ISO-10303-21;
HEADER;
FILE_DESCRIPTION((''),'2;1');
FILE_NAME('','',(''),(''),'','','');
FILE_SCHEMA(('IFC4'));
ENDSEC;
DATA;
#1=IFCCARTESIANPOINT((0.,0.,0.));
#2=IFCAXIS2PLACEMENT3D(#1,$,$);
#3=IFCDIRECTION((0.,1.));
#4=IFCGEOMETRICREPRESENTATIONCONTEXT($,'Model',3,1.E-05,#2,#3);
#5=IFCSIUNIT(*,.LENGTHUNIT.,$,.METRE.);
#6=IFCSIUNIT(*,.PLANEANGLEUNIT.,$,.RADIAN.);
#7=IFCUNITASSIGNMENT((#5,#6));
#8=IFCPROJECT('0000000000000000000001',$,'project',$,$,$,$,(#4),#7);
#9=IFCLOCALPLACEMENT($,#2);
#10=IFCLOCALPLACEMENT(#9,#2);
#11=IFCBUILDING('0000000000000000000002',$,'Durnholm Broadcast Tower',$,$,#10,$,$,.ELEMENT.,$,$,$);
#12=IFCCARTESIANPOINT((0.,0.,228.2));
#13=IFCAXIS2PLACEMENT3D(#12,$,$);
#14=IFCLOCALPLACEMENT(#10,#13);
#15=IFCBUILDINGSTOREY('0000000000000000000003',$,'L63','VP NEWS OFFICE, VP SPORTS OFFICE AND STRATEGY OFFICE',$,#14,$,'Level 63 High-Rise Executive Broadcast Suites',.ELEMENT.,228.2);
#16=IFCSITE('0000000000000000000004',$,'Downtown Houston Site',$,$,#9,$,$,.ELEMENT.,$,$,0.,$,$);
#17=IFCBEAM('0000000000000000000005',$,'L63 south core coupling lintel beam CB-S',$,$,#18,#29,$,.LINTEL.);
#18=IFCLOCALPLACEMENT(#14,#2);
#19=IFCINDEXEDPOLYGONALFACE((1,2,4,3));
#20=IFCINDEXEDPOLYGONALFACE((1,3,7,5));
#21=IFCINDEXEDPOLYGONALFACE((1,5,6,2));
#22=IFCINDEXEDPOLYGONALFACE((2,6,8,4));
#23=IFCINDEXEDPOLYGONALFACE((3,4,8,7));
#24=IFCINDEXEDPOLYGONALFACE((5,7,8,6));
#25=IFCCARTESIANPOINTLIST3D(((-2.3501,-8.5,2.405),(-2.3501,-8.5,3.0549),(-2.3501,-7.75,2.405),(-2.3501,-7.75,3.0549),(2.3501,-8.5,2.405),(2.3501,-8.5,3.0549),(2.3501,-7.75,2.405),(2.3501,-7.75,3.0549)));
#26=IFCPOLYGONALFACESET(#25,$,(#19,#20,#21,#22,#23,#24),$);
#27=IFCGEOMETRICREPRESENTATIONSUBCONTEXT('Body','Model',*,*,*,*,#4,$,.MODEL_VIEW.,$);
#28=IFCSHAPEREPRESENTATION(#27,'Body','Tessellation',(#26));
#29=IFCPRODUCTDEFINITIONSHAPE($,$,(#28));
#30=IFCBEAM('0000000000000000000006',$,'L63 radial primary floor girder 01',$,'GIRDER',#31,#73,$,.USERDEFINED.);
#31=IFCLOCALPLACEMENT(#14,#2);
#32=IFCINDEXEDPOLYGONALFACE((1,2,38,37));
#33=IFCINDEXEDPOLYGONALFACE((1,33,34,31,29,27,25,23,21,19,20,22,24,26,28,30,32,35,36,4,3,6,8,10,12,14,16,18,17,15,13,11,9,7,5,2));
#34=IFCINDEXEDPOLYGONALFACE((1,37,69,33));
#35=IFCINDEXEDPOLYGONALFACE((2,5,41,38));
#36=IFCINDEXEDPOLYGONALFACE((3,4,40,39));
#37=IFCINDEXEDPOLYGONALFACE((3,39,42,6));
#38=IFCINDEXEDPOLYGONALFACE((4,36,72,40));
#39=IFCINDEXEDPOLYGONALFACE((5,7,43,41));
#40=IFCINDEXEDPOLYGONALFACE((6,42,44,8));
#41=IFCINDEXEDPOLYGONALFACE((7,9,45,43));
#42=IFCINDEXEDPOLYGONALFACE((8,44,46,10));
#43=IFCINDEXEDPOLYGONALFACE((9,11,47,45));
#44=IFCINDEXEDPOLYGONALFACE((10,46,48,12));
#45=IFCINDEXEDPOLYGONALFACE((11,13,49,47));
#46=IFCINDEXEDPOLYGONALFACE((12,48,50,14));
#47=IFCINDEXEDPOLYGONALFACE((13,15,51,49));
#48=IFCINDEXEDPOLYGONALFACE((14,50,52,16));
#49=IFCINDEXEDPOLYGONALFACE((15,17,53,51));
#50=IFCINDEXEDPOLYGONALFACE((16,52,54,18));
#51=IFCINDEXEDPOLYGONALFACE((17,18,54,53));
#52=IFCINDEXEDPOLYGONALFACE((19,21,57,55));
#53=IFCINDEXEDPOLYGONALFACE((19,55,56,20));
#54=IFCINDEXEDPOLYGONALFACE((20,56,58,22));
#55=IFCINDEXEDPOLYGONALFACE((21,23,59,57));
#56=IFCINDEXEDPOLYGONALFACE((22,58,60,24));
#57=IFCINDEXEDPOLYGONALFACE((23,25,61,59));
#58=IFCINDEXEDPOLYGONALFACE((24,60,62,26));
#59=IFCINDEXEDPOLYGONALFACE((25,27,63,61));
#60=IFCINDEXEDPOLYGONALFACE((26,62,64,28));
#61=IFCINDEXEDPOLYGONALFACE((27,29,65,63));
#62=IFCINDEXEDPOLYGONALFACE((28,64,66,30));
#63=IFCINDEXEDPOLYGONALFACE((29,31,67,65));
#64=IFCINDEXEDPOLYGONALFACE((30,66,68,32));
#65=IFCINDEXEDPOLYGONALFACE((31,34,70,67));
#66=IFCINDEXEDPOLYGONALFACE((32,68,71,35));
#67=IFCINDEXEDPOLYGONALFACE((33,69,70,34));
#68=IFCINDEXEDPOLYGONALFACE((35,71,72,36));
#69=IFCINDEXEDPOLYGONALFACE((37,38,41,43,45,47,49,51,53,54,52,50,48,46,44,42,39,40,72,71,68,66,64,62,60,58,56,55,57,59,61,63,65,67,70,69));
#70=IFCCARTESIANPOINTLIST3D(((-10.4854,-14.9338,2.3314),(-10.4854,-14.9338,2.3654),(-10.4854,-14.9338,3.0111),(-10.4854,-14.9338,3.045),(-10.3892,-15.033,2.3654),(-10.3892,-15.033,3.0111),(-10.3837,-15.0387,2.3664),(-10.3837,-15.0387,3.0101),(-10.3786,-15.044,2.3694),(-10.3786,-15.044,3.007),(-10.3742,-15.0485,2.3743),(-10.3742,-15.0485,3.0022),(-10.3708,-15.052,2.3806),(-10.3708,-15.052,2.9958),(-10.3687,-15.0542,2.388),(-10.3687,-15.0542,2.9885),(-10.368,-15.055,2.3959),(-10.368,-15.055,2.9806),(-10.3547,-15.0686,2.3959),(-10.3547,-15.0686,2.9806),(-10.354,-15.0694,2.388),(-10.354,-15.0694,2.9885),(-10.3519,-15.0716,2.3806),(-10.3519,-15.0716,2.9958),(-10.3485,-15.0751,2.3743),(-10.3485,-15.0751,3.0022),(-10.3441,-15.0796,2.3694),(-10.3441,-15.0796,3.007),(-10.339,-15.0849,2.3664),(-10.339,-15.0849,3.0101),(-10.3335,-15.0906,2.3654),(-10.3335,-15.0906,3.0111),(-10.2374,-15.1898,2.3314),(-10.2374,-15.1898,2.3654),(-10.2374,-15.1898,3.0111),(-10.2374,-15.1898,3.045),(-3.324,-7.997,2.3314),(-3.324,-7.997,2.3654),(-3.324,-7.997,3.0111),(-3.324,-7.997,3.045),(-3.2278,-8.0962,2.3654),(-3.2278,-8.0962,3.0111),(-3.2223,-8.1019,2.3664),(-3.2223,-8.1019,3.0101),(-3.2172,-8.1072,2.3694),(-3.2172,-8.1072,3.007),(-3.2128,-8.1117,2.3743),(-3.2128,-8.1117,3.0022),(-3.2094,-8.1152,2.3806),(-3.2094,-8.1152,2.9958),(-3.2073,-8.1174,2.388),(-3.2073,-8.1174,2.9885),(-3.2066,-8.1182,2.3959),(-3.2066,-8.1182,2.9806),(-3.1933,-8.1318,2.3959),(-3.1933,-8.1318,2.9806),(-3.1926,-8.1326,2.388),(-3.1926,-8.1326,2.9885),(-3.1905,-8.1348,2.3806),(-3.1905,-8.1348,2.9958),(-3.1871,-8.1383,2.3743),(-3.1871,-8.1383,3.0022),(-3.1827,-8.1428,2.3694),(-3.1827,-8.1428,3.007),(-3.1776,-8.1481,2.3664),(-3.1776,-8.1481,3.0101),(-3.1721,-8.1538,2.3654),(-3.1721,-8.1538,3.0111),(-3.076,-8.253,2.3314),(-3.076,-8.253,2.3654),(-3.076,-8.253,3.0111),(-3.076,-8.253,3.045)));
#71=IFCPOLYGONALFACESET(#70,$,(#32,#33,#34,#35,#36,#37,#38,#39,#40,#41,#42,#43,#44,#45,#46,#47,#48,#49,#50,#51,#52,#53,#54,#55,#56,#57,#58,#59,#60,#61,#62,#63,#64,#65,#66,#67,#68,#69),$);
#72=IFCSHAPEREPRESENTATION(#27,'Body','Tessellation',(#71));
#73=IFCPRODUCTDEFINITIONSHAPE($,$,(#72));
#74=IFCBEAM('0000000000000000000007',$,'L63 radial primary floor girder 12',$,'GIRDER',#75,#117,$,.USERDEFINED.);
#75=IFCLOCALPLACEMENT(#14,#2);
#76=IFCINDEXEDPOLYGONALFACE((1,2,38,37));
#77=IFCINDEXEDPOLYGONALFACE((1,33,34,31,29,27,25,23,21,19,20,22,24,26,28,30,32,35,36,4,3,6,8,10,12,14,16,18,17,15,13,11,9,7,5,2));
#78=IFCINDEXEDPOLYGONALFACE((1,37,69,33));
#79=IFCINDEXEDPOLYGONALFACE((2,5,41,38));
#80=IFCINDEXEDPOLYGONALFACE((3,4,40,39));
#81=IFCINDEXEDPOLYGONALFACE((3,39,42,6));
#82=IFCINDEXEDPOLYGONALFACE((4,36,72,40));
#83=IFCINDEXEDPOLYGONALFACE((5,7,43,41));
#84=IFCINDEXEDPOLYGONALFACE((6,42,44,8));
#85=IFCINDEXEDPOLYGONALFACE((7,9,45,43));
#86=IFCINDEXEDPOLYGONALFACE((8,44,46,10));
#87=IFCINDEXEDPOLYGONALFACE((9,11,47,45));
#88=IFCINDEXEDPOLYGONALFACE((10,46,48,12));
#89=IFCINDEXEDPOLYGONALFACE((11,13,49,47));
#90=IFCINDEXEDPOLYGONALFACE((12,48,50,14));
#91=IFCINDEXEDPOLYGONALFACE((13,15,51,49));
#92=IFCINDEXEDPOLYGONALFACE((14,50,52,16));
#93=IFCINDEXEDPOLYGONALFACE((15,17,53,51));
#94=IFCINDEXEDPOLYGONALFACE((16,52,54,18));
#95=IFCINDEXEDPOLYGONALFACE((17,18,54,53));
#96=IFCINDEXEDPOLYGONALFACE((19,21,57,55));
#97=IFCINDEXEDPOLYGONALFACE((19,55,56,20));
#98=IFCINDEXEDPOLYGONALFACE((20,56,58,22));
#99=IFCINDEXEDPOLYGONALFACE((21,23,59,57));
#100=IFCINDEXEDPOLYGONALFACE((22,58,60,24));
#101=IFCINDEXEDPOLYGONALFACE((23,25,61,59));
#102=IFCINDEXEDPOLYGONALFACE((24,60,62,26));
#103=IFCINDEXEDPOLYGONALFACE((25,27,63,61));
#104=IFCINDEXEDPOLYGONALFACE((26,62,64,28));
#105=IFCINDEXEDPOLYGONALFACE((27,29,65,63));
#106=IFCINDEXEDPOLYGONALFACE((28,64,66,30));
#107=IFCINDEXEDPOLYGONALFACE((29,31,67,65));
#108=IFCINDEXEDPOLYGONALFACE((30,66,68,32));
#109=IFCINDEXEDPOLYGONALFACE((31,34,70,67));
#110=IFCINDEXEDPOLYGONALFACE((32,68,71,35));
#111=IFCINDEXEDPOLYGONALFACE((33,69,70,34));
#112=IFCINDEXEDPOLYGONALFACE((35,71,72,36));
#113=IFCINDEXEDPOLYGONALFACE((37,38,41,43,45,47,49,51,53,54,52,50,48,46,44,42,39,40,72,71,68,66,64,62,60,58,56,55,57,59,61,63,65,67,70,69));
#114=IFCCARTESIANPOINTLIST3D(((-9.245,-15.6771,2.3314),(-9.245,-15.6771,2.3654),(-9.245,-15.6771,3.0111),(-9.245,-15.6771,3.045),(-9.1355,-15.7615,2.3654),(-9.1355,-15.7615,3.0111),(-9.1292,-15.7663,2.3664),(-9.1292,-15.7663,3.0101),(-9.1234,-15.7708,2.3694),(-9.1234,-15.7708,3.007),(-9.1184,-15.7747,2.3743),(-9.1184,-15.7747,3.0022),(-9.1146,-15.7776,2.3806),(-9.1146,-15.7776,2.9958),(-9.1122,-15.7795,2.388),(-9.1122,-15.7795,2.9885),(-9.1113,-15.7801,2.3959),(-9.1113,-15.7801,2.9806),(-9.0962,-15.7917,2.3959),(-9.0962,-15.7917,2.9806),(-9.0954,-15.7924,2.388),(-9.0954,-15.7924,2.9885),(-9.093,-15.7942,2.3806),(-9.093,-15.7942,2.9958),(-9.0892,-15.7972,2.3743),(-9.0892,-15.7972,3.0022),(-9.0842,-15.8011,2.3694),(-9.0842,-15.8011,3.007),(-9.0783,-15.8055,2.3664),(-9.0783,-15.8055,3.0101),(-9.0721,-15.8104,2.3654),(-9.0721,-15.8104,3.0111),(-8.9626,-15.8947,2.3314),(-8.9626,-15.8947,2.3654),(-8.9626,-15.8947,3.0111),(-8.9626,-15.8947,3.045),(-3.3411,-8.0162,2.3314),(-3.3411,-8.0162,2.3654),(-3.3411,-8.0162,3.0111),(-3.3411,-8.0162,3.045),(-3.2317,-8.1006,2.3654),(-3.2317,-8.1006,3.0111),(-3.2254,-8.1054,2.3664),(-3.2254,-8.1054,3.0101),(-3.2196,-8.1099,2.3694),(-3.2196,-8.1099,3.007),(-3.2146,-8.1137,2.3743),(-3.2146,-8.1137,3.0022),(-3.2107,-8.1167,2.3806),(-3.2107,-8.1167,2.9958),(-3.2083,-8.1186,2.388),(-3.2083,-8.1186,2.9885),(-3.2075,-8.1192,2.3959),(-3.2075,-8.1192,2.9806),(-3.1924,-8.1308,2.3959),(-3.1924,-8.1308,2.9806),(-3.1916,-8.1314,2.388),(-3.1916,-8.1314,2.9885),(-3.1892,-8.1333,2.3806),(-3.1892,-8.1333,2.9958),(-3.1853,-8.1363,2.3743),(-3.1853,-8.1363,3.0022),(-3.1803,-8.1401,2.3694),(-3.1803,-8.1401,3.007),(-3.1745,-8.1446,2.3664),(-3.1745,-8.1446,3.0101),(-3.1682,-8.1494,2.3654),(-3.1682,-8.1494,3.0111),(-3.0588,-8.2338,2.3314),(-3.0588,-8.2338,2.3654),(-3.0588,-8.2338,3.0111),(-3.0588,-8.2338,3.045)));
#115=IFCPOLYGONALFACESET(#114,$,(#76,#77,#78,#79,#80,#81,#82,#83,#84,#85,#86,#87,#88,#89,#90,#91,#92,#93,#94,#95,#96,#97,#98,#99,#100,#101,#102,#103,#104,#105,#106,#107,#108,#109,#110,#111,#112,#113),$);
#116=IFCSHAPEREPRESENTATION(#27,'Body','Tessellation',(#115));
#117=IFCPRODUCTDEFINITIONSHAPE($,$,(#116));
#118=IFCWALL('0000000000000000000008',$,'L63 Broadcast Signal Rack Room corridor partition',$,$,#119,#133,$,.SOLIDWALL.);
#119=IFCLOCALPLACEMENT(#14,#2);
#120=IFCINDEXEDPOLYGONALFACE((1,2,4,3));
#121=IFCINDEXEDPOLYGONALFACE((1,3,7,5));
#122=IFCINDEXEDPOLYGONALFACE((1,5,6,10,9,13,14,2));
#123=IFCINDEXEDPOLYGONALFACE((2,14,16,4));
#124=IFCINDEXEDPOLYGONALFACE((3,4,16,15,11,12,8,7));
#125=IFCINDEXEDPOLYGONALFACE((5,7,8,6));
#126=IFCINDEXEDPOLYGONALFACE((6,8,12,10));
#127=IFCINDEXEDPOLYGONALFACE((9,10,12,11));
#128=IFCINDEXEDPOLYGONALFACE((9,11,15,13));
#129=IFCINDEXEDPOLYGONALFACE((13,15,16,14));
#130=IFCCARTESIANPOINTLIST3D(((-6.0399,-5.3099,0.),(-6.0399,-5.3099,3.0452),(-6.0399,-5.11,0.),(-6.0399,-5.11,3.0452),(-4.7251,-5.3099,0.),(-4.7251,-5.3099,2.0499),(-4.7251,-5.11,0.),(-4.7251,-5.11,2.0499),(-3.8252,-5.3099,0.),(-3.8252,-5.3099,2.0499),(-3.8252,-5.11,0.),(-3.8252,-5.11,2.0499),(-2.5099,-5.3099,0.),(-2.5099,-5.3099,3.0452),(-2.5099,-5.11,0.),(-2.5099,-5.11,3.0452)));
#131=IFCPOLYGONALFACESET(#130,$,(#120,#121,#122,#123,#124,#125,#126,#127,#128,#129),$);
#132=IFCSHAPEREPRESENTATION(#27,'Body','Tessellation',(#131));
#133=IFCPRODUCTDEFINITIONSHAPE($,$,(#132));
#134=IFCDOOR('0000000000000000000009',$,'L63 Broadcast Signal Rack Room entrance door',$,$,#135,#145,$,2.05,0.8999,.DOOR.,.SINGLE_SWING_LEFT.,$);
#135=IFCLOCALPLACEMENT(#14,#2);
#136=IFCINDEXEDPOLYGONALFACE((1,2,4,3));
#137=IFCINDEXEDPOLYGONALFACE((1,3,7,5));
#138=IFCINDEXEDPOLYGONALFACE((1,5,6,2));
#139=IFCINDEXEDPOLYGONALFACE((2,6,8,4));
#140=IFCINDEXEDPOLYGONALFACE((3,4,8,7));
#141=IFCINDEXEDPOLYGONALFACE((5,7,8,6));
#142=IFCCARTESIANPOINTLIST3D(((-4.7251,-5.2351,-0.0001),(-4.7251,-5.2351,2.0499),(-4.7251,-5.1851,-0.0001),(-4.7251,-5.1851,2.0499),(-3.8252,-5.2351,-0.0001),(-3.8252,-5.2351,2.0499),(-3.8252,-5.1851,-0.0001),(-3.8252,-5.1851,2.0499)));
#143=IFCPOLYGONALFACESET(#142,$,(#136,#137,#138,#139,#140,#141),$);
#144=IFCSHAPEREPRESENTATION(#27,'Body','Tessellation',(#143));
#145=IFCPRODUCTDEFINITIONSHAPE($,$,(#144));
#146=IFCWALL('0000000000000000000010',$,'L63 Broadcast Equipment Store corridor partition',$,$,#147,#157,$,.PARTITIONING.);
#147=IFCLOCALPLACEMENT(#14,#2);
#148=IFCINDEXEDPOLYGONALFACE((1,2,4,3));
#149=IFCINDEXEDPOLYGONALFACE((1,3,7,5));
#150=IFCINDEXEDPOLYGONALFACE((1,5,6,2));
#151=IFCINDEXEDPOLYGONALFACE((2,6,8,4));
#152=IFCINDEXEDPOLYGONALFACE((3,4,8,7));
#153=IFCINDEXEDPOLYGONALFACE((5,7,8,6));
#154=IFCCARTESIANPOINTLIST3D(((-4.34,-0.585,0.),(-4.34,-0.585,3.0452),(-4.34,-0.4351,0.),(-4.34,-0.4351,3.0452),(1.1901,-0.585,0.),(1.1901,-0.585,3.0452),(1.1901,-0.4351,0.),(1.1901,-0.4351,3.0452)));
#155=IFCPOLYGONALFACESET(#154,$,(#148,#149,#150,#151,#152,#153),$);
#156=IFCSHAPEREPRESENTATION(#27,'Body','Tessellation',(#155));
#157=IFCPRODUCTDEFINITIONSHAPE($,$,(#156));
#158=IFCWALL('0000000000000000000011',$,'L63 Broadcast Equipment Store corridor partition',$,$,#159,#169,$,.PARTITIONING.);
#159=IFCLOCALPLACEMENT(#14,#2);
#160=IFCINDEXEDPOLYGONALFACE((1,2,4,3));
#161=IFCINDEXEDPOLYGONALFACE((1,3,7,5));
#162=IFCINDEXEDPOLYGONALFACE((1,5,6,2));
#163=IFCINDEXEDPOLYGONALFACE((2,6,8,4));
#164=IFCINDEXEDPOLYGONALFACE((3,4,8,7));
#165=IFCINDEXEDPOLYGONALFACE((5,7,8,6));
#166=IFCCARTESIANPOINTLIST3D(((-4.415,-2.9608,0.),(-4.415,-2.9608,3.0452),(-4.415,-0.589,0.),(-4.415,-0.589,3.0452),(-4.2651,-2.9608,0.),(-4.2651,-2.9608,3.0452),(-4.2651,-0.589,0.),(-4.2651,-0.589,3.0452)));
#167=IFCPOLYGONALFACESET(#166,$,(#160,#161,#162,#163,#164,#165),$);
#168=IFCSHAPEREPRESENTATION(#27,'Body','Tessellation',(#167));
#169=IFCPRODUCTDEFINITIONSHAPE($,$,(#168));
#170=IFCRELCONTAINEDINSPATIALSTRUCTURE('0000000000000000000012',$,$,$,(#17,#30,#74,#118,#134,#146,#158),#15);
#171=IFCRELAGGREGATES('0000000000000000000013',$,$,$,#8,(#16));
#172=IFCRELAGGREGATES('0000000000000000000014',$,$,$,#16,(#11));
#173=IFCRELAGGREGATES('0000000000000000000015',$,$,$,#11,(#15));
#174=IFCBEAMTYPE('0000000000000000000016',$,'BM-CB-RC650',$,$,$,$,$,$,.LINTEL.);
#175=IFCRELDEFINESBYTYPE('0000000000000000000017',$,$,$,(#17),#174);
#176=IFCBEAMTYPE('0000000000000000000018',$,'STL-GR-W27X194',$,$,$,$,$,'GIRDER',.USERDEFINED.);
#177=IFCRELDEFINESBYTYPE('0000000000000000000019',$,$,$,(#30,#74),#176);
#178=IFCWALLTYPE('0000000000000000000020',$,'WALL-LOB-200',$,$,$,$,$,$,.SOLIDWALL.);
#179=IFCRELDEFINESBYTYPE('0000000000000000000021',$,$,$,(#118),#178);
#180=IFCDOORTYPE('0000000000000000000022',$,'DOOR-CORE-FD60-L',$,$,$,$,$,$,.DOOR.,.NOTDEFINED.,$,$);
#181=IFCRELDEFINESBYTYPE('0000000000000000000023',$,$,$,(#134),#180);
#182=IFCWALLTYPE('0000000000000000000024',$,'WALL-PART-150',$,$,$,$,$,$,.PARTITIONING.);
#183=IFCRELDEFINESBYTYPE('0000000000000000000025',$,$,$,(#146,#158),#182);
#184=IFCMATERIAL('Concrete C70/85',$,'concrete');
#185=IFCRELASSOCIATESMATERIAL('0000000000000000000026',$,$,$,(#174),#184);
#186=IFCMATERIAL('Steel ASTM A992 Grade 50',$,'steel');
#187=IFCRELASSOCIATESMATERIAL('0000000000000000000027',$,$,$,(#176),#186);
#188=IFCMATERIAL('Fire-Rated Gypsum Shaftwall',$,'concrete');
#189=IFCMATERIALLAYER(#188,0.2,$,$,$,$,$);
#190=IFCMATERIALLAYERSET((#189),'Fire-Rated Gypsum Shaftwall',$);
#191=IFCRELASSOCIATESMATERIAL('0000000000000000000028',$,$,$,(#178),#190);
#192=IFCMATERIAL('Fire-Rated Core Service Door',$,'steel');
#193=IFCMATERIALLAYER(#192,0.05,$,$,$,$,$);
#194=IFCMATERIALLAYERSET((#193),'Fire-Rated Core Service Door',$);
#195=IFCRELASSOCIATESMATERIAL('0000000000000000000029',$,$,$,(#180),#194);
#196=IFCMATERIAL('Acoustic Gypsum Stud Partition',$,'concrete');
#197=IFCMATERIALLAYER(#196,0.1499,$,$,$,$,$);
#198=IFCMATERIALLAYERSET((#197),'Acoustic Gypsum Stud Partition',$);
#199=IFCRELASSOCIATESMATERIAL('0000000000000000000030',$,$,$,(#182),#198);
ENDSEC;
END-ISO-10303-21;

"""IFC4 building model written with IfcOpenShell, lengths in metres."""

from ifc_helpers import new_model, si_unit, direction, frame, frame_2d, origin, origin_2d, place, context, subcontext, project, spatial, rectangle, i_section, extrude, source, transform, mapped, material, layer, layer_set, material_profile, profile_set, type_object, type_shapes, element, fill, save


model = new_model("IFC4")

# Units and contexts
model_context = context("Model", 3, precision=1e-05, world=origin(), true_north=direction((0.0, 1.0)))
body_context = subcontext(model_context, "Body", "Model", "MODEL_VIEW")
ifc_project = project(units=[si_unit("LENGTHUNIT", "METRE"), si_unit("PLANEANGLEUNIT", "RADIAN")], contexts=[model_context])

# Site, building, storey
site_placement = place(None, origin())
site = spatial("IfcSite", under=ifc_project, at=site_placement, Name="Downtown Houston Site", CompositionType="ELEMENT", RefElevation=0.0)
building_placement = place(site_placement, origin())
building = spatial("IfcBuilding", under=site, at=building_placement, Name="Durnholm Broadcast Tower", CompositionType="ELEMENT")
storey_placement = place(building_placement, frame((0.0, 0.0, 228.2)))
storey = spatial("IfcBuildingStorey", under=building, at=storey_placement, Name="L63", Description="VP NEWS OFFICE, VP SPORTS OFFICE AND STRATEGY OFFICE", LongName="Level 63 High-Rise Executive Broadcast Suites", CompositionType="ELEMENT", Elevation=228.2)

# Beams
ifc_material_1 = material(Name="Concrete C70/85", Category="concrete")
ifc_material_profile_1 = material_profile(ifc_material_1, rectangle(XDim=0.75, YDim=0.6499, at=origin_2d()), Name="RC750X650")
ifc_profile_set_1 = profile_set([ifc_material_profile_1], Name="Concrete C70/85")
beam_type_1 = type_object("IfcBeamType", Name="BM-CB-RC650", PredefinedType="LINTEL", material=ifc_profile_set_1)
shared_shape_1 = source(origin(), body_context, "Body", "SweptSolid", [
    extrude(rectangle(XDim=0.75, YDim=0.6499, at=origin_2d()), origin(), (0.0, 0.0, 1.0), 4.7002),
])
type_shapes(beam_type_1, [shared_shape_1])
beam_1_placement = place(storey_placement, frame((-2.3501, -8.125, 2.73), z_axis=(1.0, 0.0, 0.0), x_axis=(0.0, 1.0, 0.0)))
element("IfcBeam", 1, at=beam_1_placement, inside=storey, type_object=beam_type_1, Name="L63 south core coupling lintel beam CB-S", PredefinedType="LINTEL", context=body_context, shape_type="MappedRepresentation", body=[
    mapped(shared_shape_1, transform((0.0, 0.0, 0.0), x_axis=(1.0, 0.0, 0.0), y_axis=(0.0, 1.0, 0.0), z_axis=(0.0, 0.0, 1.0), scale=1.0)),
])
ifc_material_2 = material(Name="Steel ASTM A992 Grade 50", Category="steel")
ifc_material_profile_2 = material_profile(ifc_material_2, i_section(OverallWidth=0.3564, OverallDepth=0.7136, WebThickness=0.019, FlangeThickness=0.0339, FilletRadius=0.0305, at=origin_2d()), Name="W27X194")
ifc_profile_set_2 = profile_set([ifc_material_profile_2], Name="Steel ASTM A992 Grade 50")
beam_type_2 = type_object("IfcBeamType", Name="STL-GR-W27X194", ElementType="GIRDER", PredefinedType="USERDEFINED", material=ifc_profile_set_2)
shared_shape_2 = source(origin(), body_context, "Body", "SweptSolid", [
    extrude(i_section(OverallWidth=0.3564, OverallDepth=0.7136, WebThickness=0.019, FlangeThickness=0.0339, FilletRadius=0.0305, at=origin_2d()), origin(), (0.0, 0.0, 1.0), 9.9702),
])
beam_2_placement = place(storey_placement, frame((-3.2, -8.125, 2.6882), z_axis=(-0.718281, -0.695753, 0.0), x_axis=(0.695753, -0.718281, 0.0)))
element("IfcBeam", 2, at=beam_2_placement, inside=storey, type_object=beam_type_2, Name="L63 radial primary floor girder 01", ObjectType="GIRDER", PredefinedType="USERDEFINED", context=body_context, shape_type="MappedRepresentation", body=[
    mapped(shared_shape_2, transform((0.0, 0.0, 0.0), x_axis=(1.0, 0.0, 0.0), y_axis=(0.0, 1.0, 0.0), z_axis=(0.0, 0.0, 1.0), scale=1.0)),
])
shared_shape_3 = source(origin(), body_context, "Body", "SweptSolid", [
    extrude(i_section(OverallWidth=0.3564, OverallDepth=0.7136, WebThickness=0.019, FlangeThickness=0.0339, FilletRadius=0.0305, at=origin_2d()), origin(), (0.0, 0.0, 1.0), 9.6719),
])
type_shapes(beam_type_2, [shared_shape_2, shared_shape_3])
beam_3_placement = place(storey_placement, frame((-3.2, -8.125, 2.6882), z_axis=(-0.610413, -0.792083, 0.0), x_axis=(0.792083, -0.610413, 0.0)))
element("IfcBeam", 3, at=beam_3_placement, inside=storey, type_object=beam_type_2, Name="L63 radial primary floor girder 12", ObjectType="GIRDER", PredefinedType="USERDEFINED", context=body_context, shape_type="MappedRepresentation", body=[
    mapped(shared_shape_3, transform((0.0, 0.0, 0.0), x_axis=(1.0, 0.0, 0.0), y_axis=(0.0, 1.0, 0.0), z_axis=(0.0, 0.0, 1.0), scale=1.0)),
])

# Wall, opening, door
ifc_material_3 = material(Name="Fire-Rated Gypsum Shaftwall", Category="concrete")
ifc_layer_1 = layer(ifc_material_3, 0.2)
ifc_layer_set_1 = layer_set([ifc_layer_1], Name="Fire-Rated Gypsum Shaftwall")
wall_type_1 = type_object("IfcWallType", Name="WALL-LOB-200", PredefinedType="SOLIDWALL", material=ifc_layer_set_1)
wall_1_placement = place(storey_placement, frame((-6.04, -5.21, 0.0), z_axis=(0.0, 0.0, 1.0), x_axis=(1.0, 0.0, 0.0)))
wall_1 = element("IfcWall", 4, at=wall_1_placement, inside=storey, type_object=wall_type_1, Name="L63 Broadcast Signal Rack Room corridor partition", PredefinedType="SOLIDWALL", context=body_context, shape_type="SweptSolid", body=[
    extrude(rectangle(XDim=3.53, YDim=0.2, at=frame_2d((1.7651, 0.0))), origin(), (0.0, 0.0, 1.0), 3.0452),
])
opening_1_placement = place(wall_1_placement, frame((1.3149, 0.0, 0.0)))
opening_1 = element("IfcOpeningElement", 5, at=opening_1_placement, cuts=wall_1, PredefinedType="OPENING", context=body_context, shape_type="SweptSolid", body=[
    extrude(rectangle(XDim=0.8999, YDim=2.05, at=frame_2d((0.45, 1.0249))), frame((0.0, 0.1099, 0.0), z_axis=(0.0, -1.0, 0.0), x_axis=(1.0, 0.0, 0.0)), (0.0, 0.0, 1.0), 0.22),
])
ifc_material_4 = material(Name="Fire-Rated Core Service Door", Category="steel")
ifc_layer_2 = layer(ifc_material_4, 0.05)
ifc_layer_set_2 = layer_set([ifc_layer_2], Name="Fire-Rated Core Service Door")
door_type_1 = type_object("IfcDoorType", Name="DOOR-CORE-FD60-L", OperationType="NOTDEFINED", PredefinedType="DOOR", material=ifc_layer_set_2)
shared_shape_4 = source(origin(), body_context, "Body", "SweptSolid", [
    extrude(rectangle(XDim=0.8999, YDim=2.05, at=frame_2d((0.45, 1.0249))), frame((0.0, 0.0249, 0.0), z_axis=(0.0, -1.0, 0.0), x_axis=(1.0, 0.0, 0.0)), (0.0, 0.0, 1.0), 0.05),
])
type_shapes(door_type_1, [shared_shape_4])
door_1_placement = place(opening_1_placement, origin())
door_1 = element("IfcDoor", 6, at=door_1_placement, inside=storey, type_object=door_type_1, Name="L63 Broadcast Signal Rack Room entrance door", OperationType="SINGLE_SWING_LEFT", OverallHeight=2.05, OverallWidth=0.8999, PredefinedType="DOOR", context=body_context, shape_type="MappedRepresentation", body=[
    mapped(shared_shape_4, transform((0.0, 0.0, 0.0), x_axis=(1.0, 0.0, 0.0), y_axis=(0.0, 1.0, 0.0), z_axis=(0.0, 0.0, 1.0), scale=1.0)),
])
fill(opening_1, door_1)

# Walls
ifc_material_5 = material(Name="Acoustic Gypsum Stud Partition", Category="concrete")
ifc_layer_3 = layer(ifc_material_5, 0.1499)
ifc_layer_set_3 = layer_set([ifc_layer_3], Name="Acoustic Gypsum Stud Partition")
wall_type_2 = type_object("IfcWallType", Name="WALL-PART-150", PredefinedType="PARTITIONING", material=ifc_layer_set_3)
wall_2_placement = place(storey_placement, frame((-4.3401, -0.51, 0.0), z_axis=(0.0, 0.0, 1.0), x_axis=(1.0, 0.0, 0.0)))
element("IfcWall", 7, at=wall_2_placement, inside=storey, type_object=wall_type_2, Name="L63 Broadcast Equipment Store corridor partition", PredefinedType="PARTITIONING", context=body_context, shape_type="SweptSolid", body=[
    extrude(rectangle(XDim=5.53, YDim=0.1499, at=frame_2d((2.7651, 0.0))), origin(), (0.0, 0.0, 1.0), 3.0452),
])
wall_3_placement = place(storey_placement, frame((-4.3401, -2.9609, 0.0), z_axis=(0.0, 0.0, 1.0), x_axis=(0.0, 1.0, 0.0)))
element("IfcWall", 8, at=wall_3_placement, inside=storey, type_object=wall_type_2, Name="L63 Broadcast Equipment Store corridor partition", PredefinedType="PARTITIONING", context=body_context, shape_type="SweptSolid", body=[
    extrude(rectangle(XDim=2.3718, YDim=0.1499, at=frame_2d((1.186, 0.0))), origin(), (0.0, 0.0, 1.0), 3.0452),
])

save(model, "model.ifc")
